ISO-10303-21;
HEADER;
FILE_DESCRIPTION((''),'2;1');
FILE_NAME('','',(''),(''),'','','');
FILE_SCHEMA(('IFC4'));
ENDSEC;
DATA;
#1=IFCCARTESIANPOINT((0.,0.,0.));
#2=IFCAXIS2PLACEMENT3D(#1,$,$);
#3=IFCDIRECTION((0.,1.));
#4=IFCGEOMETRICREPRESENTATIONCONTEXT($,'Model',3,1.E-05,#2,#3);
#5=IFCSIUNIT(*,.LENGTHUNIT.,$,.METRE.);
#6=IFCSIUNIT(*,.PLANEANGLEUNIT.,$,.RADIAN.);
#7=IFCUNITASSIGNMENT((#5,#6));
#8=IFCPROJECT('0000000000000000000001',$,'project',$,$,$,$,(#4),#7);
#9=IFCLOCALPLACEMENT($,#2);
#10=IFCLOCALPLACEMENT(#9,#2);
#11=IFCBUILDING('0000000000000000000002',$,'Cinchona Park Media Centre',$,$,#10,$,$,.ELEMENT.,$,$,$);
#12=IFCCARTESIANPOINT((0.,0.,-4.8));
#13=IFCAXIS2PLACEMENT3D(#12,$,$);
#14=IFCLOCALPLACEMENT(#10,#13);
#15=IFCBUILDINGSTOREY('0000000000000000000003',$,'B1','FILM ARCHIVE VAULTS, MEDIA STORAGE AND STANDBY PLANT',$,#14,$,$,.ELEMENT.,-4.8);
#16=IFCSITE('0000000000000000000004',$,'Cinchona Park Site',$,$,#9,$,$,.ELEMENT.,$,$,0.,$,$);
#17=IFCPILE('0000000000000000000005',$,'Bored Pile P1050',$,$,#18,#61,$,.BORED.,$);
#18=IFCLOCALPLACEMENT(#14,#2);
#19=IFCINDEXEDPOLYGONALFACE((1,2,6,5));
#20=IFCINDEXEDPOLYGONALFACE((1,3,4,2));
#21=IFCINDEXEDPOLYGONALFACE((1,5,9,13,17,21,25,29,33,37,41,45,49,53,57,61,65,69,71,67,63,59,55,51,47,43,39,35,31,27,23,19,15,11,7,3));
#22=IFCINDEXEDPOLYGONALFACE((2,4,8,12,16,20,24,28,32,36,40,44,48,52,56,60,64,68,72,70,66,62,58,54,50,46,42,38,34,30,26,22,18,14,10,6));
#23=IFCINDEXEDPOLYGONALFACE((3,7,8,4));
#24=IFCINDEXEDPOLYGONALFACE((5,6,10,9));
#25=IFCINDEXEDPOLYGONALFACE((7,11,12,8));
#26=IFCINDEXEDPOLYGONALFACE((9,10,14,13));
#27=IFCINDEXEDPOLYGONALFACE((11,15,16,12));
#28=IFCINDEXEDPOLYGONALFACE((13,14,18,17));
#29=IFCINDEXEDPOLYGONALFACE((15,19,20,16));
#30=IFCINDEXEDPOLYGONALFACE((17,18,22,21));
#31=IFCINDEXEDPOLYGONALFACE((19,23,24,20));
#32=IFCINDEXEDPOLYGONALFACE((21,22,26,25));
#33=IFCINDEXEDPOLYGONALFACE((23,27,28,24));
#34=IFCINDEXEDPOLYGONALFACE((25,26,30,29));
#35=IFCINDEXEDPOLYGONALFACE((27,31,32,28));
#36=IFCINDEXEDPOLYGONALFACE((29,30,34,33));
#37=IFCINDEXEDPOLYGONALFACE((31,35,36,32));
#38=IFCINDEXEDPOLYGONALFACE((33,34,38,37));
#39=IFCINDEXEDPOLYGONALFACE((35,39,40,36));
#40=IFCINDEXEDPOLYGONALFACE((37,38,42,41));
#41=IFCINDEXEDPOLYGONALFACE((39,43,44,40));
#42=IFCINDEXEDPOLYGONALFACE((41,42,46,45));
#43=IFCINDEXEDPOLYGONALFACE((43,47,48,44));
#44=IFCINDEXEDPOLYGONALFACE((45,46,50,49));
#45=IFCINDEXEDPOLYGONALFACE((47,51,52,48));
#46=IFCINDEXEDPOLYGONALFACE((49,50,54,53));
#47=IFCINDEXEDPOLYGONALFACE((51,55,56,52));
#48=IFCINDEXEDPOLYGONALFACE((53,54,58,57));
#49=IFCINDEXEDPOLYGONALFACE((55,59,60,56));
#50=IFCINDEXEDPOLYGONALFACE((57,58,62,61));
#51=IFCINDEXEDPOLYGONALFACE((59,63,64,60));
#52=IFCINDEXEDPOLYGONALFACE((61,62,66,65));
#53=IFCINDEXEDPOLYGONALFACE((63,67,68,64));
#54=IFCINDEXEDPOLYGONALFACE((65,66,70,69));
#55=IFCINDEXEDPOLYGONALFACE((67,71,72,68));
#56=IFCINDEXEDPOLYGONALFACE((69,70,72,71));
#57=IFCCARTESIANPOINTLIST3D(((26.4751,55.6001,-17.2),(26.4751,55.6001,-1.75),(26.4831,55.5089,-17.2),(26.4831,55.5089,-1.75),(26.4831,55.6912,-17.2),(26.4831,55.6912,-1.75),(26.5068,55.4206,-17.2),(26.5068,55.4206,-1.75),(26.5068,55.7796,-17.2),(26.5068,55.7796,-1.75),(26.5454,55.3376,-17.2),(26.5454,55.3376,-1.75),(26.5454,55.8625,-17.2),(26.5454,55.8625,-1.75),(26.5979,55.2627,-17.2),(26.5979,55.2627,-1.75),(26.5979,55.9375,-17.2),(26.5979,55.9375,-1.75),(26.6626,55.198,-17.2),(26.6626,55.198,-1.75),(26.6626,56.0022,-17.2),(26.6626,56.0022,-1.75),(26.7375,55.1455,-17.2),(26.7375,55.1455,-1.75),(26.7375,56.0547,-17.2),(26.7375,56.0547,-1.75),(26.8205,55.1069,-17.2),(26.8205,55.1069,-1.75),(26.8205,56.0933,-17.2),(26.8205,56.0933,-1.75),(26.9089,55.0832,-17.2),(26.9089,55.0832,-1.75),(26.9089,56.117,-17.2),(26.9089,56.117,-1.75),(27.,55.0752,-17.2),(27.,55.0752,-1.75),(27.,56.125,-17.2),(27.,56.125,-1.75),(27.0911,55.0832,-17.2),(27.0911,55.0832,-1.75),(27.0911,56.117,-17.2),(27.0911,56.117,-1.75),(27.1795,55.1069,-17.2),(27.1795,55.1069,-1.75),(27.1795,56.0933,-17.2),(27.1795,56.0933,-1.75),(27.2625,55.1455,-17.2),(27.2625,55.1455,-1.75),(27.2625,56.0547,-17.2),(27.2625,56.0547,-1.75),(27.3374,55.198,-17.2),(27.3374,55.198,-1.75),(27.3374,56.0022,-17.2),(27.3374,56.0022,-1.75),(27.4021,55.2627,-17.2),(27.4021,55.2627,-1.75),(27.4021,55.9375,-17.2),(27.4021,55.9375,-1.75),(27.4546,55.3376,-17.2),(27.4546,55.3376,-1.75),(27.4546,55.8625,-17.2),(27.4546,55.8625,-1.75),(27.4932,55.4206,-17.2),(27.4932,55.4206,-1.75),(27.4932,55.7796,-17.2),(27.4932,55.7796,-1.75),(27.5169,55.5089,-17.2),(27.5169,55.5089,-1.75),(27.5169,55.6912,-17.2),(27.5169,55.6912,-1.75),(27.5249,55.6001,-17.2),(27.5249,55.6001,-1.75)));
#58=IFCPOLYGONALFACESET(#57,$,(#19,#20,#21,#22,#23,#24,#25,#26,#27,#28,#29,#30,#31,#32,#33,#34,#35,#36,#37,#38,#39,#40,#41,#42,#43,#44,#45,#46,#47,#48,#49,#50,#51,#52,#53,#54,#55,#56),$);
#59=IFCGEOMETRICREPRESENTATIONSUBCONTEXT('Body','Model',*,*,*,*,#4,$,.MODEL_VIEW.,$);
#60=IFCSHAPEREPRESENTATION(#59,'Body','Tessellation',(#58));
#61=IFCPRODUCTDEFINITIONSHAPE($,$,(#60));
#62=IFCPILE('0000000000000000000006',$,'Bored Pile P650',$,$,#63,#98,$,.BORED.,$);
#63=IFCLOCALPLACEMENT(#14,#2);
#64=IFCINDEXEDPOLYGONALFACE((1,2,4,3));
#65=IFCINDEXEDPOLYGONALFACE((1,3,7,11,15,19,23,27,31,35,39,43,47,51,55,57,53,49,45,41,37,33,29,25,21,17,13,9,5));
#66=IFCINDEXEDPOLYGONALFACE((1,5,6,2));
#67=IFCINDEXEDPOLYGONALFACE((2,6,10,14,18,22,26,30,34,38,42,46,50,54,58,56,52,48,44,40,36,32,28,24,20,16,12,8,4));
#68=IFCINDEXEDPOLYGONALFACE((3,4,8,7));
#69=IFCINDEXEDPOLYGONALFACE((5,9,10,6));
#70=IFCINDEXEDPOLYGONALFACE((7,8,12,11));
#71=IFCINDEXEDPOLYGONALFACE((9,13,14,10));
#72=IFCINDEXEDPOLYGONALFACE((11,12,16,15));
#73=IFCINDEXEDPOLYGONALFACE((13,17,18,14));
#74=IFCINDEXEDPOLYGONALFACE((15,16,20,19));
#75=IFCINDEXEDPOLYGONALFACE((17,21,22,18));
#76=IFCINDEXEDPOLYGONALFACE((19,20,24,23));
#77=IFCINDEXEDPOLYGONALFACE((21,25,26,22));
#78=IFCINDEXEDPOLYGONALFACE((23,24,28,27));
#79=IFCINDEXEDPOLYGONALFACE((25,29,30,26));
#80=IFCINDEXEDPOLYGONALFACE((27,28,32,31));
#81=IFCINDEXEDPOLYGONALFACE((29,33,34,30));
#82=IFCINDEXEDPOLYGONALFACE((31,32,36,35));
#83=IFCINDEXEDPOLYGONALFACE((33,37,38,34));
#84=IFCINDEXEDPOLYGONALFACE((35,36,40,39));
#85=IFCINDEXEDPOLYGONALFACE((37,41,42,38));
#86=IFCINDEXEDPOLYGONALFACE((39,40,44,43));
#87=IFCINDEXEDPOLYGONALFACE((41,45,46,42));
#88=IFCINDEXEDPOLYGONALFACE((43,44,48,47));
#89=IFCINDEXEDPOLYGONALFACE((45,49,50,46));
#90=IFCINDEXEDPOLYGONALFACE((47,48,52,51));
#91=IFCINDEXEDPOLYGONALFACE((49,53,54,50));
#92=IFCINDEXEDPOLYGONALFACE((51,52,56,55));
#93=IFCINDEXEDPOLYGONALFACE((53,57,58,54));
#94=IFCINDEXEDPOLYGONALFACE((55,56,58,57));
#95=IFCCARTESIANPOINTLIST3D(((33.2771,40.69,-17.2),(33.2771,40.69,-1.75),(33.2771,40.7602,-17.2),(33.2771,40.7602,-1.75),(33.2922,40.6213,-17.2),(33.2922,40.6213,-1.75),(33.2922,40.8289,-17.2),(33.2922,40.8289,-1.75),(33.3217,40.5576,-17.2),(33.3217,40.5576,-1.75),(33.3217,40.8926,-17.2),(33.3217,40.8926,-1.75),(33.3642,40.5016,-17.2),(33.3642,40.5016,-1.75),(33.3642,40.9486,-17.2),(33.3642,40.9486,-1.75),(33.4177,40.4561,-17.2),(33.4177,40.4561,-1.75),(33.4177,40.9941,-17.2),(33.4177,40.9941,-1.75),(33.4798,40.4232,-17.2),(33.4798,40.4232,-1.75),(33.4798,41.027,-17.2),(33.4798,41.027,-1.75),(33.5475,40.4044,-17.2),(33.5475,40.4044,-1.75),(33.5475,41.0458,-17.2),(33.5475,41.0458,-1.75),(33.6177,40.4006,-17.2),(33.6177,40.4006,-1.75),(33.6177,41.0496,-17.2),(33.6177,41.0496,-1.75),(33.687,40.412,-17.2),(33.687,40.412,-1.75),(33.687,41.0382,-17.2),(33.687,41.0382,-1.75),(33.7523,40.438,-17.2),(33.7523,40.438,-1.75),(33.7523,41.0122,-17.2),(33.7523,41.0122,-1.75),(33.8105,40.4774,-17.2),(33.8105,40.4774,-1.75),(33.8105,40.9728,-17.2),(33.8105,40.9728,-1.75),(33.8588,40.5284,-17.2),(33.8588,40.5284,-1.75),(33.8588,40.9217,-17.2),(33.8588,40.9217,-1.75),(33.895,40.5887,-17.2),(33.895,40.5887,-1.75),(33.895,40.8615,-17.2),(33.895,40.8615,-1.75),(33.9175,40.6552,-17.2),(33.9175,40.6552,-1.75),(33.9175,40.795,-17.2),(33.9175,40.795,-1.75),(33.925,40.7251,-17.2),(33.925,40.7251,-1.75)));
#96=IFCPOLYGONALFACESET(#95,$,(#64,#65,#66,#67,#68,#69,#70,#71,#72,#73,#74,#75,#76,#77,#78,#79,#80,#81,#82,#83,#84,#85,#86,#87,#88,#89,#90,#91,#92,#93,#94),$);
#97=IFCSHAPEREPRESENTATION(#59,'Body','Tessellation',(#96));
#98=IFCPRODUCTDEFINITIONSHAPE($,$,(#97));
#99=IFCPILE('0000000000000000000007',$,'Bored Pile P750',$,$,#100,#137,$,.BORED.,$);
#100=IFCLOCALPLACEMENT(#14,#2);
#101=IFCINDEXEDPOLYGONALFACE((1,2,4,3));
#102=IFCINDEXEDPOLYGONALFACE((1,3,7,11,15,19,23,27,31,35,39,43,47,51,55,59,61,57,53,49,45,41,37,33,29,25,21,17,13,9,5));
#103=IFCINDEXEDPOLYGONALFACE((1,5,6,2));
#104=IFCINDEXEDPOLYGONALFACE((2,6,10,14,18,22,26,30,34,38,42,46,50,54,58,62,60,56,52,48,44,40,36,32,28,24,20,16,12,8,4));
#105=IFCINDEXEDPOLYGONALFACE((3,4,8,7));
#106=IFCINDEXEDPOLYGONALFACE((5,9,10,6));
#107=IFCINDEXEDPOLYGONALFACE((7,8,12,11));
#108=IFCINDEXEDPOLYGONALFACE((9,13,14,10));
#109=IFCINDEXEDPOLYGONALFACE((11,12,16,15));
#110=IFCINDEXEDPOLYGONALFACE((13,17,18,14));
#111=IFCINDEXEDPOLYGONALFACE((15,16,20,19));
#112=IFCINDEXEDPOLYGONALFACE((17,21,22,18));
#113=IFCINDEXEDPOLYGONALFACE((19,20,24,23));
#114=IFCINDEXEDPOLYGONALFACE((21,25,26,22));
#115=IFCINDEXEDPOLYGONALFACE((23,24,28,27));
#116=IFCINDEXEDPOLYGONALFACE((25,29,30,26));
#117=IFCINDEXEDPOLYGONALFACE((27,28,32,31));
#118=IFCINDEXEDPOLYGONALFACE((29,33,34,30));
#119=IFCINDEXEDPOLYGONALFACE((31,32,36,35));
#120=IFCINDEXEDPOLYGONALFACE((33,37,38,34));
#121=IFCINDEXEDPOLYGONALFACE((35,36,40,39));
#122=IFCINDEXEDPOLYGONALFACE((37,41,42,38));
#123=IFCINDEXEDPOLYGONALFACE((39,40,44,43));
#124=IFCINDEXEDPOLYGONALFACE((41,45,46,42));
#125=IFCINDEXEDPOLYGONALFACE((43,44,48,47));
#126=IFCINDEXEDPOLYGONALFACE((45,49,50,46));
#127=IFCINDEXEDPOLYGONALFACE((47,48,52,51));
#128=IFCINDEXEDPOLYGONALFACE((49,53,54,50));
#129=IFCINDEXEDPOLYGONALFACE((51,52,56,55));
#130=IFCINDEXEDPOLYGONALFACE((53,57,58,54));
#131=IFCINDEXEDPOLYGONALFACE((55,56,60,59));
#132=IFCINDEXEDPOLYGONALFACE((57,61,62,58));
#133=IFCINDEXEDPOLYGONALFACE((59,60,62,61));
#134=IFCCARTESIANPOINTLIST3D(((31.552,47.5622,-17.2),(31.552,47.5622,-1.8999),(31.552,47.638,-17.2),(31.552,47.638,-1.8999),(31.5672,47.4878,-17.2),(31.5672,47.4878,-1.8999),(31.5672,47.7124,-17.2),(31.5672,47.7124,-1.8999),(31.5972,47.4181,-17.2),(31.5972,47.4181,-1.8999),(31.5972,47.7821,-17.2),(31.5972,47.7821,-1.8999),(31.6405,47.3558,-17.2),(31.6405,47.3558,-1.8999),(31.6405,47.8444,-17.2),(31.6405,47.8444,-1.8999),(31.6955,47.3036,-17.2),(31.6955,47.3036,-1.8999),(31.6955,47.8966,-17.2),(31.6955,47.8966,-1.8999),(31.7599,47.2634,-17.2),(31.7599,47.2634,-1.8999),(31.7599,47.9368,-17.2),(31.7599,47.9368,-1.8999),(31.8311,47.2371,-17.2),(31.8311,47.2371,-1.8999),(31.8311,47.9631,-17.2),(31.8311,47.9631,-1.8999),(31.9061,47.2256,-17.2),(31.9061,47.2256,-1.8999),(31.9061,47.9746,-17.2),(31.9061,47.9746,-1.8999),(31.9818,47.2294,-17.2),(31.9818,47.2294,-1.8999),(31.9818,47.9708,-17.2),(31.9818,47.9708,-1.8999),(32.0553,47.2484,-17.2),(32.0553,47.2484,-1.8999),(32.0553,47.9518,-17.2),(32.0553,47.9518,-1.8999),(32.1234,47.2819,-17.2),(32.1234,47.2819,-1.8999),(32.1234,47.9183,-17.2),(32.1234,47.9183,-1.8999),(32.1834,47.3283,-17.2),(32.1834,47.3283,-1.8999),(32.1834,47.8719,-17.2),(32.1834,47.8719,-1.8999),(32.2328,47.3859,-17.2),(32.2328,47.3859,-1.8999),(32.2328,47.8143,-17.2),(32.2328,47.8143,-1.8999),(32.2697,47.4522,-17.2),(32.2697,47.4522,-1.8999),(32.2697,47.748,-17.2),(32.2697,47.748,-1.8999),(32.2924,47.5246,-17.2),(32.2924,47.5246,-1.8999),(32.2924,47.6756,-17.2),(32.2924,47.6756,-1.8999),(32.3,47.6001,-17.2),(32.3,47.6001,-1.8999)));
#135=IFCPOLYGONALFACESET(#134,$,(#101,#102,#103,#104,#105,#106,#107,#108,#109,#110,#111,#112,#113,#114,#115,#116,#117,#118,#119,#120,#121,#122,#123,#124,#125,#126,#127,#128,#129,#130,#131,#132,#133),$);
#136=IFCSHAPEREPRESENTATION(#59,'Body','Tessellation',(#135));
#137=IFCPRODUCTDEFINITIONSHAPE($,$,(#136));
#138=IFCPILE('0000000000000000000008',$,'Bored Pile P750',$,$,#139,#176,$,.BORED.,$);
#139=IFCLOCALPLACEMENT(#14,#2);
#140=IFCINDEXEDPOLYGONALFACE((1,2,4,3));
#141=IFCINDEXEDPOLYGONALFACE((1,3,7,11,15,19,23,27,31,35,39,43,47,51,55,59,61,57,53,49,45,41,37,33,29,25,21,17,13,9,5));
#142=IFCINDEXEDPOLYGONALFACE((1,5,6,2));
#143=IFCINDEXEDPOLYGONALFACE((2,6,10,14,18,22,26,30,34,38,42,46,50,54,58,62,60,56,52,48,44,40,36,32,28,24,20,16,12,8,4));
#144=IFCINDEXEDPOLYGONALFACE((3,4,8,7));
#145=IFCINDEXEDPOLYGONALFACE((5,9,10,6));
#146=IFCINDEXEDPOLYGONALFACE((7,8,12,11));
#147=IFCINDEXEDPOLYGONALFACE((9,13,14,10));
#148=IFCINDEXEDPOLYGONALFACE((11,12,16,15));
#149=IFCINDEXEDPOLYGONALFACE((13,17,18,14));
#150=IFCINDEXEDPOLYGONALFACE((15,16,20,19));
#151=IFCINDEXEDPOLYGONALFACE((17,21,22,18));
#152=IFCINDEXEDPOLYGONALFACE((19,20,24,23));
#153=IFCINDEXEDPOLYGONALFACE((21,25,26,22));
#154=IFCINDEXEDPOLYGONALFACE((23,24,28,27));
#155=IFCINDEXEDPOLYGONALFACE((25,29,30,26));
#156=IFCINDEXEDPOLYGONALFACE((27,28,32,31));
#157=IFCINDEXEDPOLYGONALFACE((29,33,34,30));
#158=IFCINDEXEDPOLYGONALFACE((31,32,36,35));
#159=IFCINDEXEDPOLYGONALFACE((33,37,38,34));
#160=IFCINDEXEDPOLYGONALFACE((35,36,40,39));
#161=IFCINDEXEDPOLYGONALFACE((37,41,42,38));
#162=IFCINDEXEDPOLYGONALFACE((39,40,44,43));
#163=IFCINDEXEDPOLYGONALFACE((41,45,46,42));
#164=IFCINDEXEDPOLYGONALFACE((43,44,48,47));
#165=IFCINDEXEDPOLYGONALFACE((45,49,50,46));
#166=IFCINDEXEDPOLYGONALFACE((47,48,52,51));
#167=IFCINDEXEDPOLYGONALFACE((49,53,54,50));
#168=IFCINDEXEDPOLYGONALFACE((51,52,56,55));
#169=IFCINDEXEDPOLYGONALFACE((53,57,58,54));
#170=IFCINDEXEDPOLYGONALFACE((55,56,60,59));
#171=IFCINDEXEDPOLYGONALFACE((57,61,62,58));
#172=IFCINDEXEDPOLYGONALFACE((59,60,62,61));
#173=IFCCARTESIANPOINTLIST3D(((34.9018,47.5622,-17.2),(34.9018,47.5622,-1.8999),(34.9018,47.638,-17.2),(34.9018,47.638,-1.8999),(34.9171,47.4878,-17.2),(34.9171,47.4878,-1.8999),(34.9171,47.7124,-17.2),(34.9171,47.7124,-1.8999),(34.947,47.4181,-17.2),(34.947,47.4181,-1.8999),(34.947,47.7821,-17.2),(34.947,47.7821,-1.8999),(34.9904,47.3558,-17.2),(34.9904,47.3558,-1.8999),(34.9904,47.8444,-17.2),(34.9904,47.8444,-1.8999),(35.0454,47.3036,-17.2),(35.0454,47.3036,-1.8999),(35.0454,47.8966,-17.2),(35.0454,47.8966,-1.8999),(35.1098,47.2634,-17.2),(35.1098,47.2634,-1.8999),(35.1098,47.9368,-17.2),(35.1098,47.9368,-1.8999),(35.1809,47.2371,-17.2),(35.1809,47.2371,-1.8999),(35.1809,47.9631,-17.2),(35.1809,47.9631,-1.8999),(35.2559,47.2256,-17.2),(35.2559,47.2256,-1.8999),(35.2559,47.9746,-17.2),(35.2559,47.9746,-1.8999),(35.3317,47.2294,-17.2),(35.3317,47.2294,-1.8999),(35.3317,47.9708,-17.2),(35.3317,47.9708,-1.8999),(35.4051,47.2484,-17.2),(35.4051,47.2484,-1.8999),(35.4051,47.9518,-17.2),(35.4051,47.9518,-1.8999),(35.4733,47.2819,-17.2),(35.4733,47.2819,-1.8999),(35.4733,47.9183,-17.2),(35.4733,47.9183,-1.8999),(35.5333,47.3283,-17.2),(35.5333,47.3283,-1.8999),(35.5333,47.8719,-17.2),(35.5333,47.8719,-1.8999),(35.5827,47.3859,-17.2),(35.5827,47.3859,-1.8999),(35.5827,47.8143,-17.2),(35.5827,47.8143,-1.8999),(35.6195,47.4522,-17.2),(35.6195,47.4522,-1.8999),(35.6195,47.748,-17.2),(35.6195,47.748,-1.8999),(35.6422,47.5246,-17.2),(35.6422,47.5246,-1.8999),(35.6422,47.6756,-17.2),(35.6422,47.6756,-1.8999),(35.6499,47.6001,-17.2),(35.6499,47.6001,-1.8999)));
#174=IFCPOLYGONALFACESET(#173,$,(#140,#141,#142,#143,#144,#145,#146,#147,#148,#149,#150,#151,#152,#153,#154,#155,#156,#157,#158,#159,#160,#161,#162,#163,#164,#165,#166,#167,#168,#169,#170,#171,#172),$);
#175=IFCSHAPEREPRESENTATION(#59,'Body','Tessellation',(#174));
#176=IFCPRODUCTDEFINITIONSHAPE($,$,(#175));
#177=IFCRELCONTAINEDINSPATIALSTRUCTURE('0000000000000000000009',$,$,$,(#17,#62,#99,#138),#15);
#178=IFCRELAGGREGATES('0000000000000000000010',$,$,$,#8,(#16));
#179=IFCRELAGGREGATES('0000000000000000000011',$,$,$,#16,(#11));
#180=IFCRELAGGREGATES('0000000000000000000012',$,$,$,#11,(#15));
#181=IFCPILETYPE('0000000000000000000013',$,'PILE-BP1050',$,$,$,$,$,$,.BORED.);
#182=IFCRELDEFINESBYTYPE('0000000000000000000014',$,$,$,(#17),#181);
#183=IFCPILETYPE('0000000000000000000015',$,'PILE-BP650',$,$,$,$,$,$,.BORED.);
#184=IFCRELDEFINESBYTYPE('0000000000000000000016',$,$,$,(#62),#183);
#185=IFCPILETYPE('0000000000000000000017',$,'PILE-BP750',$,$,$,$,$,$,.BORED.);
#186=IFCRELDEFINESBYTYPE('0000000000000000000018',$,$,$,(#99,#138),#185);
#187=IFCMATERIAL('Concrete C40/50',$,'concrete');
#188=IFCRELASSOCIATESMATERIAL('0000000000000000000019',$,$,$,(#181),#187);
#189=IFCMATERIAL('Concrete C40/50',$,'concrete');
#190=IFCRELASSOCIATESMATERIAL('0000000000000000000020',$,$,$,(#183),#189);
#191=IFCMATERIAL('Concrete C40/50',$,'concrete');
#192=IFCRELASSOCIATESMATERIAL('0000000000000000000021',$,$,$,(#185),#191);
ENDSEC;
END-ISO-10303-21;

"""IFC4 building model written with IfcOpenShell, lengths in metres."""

from ifc_helpers import new_model, si_unit, direction, frame, origin, origin_2d, place, context, subcontext, project, spatial, circle, extrude, material, material_profile, profile_set, type_object, element, save


model = new_model("IFC4")

# Units and contexts
model_context = context("Model", 3, precision=1e-05, world=origin(), true_north=direction((0.0, 1.0)))
body_context = subcontext(model_context, "Body", "Model", "MODEL_VIEW")
ifc_project = project(units=[si_unit("LENGTHUNIT", "METRE"), si_unit("PLANEANGLEUNIT", "RADIAN")], contexts=[model_context])

# Site, building, storey
site_placement = place(None, origin())
site = spatial("IfcSite", under=ifc_project, at=site_placement, Name="Cinchona Park Site", CompositionType="ELEMENT", RefElevation=0.0)
building_placement = place(site_placement, origin())
building = spatial("IfcBuilding", under=site, at=building_placement, Name="Cinchona Park Media Centre", CompositionType="ELEMENT")
storey_placement = place(building_placement, frame((0.0, 0.0, -4.8)))
storey = spatial("IfcBuildingStorey", under=building, at=storey_placement, Name="B1", Description="FILM ARCHIVE VAULTS, MEDIA STORAGE AND STANDBY PLANT", CompositionType="ELEMENT", Elevation=-4.8)

# Piles
ifc_material_1 = material(Name="Concrete C40/50", Category="concrete")
ifc_material_profile_1 = material_profile(ifc_material_1, circle(Radius=0.5249, at=origin_2d()), Name="BORED PILE 1050")
ifc_profile_set_1 = profile_set([ifc_material_profile_1], Name="Concrete C40/50")
pile_type_1 = type_object("IfcPileType", Name="PILE-BP1050", PredefinedType="BORED", material=ifc_profile_set_1)
pile_1_placement = place(storey_placement, frame((27.0, 55.6001, -1.75), z_axis=(0.0, 0.0, -1.0), x_axis=(1.0, 0.0, 0.0)))
element("IfcPile", 1, at=pile_1_placement, inside=storey, type_object=pile_type_1, Name="Bored Pile P1050", PredefinedType="BORED", context=body_context, shape_type="SweptSolid", body=[
    extrude(circle(Radius=0.5249, at=origin_2d()), origin(), (0.0, 0.0, 1.0), 15.45),
])
ifc_material_2 = material(Name="Concrete C40/50", Category="concrete")
ifc_material_profile_2 = material_profile(ifc_material_2, circle(Radius=0.325, at=origin_2d()), Name="BORED PILE 650")
ifc_profile_set_2 = profile_set([ifc_material_profile_2], Name="Concrete C40/50")
pile_type_2 = type_object("IfcPileType", Name="PILE-BP650", PredefinedType="BORED", material=ifc_profile_set_2)
pile_2_placement = place(storey_placement, frame((33.6001, 40.7251, -1.75), z_axis=(0.0, 0.0, -1.0), x_axis=(1.0, 0.0, 0.0)))
element("IfcPile", 2, at=pile_2_placement, inside=storey, type_object=pile_type_2, Name="Bored Pile P650", PredefinedType="BORED", context=body_context, shape_type="SweptSolid", body=[
    extrude(circle(Radius=0.325, at=origin_2d()), origin(), (0.0, 0.0, 1.0), 15.45),
])
ifc_material_3 = material(Name="Concrete C40/50", Category="concrete")
ifc_material_profile_3 = material_profile(ifc_material_3, circle(Radius=0.375, at=origin_2d()), Name="BORED PILE 750")
ifc_profile_set_3 = profile_set([ifc_material_profile_3], Name="Concrete C40/50")
pile_type_3 = type_object("IfcPileType", Name="PILE-BP750", PredefinedType="BORED", material=ifc_profile_set_3)
for number, where, z_axis, x_axis, name in (
    (3, (31.925, 47.6001, -1.8999), (0.0, 0.0, -1.0), (1.0, 0.0, 0.0), "Bored Pile P750"),
    (4, (35.2749, 47.6001, -1.8999), (0.0, 0.0, -1.0), (1.0, 0.0, 0.0), "Bored Pile P750"),
):
    element("IfcPile", number, at=place(storey_placement, frame(where, z_axis=z_axis, x_axis=x_axis)), inside=storey, type_object=pile_type_3, Name=name, PredefinedType="BORED", context=body_context, shape_type="SweptSolid", body=[
        extrude(circle(Radius=0.375, at=origin_2d()), origin(), (0.0, 0.0, 1.0), 15.3),
    ])

save(model, "model.ifc")
